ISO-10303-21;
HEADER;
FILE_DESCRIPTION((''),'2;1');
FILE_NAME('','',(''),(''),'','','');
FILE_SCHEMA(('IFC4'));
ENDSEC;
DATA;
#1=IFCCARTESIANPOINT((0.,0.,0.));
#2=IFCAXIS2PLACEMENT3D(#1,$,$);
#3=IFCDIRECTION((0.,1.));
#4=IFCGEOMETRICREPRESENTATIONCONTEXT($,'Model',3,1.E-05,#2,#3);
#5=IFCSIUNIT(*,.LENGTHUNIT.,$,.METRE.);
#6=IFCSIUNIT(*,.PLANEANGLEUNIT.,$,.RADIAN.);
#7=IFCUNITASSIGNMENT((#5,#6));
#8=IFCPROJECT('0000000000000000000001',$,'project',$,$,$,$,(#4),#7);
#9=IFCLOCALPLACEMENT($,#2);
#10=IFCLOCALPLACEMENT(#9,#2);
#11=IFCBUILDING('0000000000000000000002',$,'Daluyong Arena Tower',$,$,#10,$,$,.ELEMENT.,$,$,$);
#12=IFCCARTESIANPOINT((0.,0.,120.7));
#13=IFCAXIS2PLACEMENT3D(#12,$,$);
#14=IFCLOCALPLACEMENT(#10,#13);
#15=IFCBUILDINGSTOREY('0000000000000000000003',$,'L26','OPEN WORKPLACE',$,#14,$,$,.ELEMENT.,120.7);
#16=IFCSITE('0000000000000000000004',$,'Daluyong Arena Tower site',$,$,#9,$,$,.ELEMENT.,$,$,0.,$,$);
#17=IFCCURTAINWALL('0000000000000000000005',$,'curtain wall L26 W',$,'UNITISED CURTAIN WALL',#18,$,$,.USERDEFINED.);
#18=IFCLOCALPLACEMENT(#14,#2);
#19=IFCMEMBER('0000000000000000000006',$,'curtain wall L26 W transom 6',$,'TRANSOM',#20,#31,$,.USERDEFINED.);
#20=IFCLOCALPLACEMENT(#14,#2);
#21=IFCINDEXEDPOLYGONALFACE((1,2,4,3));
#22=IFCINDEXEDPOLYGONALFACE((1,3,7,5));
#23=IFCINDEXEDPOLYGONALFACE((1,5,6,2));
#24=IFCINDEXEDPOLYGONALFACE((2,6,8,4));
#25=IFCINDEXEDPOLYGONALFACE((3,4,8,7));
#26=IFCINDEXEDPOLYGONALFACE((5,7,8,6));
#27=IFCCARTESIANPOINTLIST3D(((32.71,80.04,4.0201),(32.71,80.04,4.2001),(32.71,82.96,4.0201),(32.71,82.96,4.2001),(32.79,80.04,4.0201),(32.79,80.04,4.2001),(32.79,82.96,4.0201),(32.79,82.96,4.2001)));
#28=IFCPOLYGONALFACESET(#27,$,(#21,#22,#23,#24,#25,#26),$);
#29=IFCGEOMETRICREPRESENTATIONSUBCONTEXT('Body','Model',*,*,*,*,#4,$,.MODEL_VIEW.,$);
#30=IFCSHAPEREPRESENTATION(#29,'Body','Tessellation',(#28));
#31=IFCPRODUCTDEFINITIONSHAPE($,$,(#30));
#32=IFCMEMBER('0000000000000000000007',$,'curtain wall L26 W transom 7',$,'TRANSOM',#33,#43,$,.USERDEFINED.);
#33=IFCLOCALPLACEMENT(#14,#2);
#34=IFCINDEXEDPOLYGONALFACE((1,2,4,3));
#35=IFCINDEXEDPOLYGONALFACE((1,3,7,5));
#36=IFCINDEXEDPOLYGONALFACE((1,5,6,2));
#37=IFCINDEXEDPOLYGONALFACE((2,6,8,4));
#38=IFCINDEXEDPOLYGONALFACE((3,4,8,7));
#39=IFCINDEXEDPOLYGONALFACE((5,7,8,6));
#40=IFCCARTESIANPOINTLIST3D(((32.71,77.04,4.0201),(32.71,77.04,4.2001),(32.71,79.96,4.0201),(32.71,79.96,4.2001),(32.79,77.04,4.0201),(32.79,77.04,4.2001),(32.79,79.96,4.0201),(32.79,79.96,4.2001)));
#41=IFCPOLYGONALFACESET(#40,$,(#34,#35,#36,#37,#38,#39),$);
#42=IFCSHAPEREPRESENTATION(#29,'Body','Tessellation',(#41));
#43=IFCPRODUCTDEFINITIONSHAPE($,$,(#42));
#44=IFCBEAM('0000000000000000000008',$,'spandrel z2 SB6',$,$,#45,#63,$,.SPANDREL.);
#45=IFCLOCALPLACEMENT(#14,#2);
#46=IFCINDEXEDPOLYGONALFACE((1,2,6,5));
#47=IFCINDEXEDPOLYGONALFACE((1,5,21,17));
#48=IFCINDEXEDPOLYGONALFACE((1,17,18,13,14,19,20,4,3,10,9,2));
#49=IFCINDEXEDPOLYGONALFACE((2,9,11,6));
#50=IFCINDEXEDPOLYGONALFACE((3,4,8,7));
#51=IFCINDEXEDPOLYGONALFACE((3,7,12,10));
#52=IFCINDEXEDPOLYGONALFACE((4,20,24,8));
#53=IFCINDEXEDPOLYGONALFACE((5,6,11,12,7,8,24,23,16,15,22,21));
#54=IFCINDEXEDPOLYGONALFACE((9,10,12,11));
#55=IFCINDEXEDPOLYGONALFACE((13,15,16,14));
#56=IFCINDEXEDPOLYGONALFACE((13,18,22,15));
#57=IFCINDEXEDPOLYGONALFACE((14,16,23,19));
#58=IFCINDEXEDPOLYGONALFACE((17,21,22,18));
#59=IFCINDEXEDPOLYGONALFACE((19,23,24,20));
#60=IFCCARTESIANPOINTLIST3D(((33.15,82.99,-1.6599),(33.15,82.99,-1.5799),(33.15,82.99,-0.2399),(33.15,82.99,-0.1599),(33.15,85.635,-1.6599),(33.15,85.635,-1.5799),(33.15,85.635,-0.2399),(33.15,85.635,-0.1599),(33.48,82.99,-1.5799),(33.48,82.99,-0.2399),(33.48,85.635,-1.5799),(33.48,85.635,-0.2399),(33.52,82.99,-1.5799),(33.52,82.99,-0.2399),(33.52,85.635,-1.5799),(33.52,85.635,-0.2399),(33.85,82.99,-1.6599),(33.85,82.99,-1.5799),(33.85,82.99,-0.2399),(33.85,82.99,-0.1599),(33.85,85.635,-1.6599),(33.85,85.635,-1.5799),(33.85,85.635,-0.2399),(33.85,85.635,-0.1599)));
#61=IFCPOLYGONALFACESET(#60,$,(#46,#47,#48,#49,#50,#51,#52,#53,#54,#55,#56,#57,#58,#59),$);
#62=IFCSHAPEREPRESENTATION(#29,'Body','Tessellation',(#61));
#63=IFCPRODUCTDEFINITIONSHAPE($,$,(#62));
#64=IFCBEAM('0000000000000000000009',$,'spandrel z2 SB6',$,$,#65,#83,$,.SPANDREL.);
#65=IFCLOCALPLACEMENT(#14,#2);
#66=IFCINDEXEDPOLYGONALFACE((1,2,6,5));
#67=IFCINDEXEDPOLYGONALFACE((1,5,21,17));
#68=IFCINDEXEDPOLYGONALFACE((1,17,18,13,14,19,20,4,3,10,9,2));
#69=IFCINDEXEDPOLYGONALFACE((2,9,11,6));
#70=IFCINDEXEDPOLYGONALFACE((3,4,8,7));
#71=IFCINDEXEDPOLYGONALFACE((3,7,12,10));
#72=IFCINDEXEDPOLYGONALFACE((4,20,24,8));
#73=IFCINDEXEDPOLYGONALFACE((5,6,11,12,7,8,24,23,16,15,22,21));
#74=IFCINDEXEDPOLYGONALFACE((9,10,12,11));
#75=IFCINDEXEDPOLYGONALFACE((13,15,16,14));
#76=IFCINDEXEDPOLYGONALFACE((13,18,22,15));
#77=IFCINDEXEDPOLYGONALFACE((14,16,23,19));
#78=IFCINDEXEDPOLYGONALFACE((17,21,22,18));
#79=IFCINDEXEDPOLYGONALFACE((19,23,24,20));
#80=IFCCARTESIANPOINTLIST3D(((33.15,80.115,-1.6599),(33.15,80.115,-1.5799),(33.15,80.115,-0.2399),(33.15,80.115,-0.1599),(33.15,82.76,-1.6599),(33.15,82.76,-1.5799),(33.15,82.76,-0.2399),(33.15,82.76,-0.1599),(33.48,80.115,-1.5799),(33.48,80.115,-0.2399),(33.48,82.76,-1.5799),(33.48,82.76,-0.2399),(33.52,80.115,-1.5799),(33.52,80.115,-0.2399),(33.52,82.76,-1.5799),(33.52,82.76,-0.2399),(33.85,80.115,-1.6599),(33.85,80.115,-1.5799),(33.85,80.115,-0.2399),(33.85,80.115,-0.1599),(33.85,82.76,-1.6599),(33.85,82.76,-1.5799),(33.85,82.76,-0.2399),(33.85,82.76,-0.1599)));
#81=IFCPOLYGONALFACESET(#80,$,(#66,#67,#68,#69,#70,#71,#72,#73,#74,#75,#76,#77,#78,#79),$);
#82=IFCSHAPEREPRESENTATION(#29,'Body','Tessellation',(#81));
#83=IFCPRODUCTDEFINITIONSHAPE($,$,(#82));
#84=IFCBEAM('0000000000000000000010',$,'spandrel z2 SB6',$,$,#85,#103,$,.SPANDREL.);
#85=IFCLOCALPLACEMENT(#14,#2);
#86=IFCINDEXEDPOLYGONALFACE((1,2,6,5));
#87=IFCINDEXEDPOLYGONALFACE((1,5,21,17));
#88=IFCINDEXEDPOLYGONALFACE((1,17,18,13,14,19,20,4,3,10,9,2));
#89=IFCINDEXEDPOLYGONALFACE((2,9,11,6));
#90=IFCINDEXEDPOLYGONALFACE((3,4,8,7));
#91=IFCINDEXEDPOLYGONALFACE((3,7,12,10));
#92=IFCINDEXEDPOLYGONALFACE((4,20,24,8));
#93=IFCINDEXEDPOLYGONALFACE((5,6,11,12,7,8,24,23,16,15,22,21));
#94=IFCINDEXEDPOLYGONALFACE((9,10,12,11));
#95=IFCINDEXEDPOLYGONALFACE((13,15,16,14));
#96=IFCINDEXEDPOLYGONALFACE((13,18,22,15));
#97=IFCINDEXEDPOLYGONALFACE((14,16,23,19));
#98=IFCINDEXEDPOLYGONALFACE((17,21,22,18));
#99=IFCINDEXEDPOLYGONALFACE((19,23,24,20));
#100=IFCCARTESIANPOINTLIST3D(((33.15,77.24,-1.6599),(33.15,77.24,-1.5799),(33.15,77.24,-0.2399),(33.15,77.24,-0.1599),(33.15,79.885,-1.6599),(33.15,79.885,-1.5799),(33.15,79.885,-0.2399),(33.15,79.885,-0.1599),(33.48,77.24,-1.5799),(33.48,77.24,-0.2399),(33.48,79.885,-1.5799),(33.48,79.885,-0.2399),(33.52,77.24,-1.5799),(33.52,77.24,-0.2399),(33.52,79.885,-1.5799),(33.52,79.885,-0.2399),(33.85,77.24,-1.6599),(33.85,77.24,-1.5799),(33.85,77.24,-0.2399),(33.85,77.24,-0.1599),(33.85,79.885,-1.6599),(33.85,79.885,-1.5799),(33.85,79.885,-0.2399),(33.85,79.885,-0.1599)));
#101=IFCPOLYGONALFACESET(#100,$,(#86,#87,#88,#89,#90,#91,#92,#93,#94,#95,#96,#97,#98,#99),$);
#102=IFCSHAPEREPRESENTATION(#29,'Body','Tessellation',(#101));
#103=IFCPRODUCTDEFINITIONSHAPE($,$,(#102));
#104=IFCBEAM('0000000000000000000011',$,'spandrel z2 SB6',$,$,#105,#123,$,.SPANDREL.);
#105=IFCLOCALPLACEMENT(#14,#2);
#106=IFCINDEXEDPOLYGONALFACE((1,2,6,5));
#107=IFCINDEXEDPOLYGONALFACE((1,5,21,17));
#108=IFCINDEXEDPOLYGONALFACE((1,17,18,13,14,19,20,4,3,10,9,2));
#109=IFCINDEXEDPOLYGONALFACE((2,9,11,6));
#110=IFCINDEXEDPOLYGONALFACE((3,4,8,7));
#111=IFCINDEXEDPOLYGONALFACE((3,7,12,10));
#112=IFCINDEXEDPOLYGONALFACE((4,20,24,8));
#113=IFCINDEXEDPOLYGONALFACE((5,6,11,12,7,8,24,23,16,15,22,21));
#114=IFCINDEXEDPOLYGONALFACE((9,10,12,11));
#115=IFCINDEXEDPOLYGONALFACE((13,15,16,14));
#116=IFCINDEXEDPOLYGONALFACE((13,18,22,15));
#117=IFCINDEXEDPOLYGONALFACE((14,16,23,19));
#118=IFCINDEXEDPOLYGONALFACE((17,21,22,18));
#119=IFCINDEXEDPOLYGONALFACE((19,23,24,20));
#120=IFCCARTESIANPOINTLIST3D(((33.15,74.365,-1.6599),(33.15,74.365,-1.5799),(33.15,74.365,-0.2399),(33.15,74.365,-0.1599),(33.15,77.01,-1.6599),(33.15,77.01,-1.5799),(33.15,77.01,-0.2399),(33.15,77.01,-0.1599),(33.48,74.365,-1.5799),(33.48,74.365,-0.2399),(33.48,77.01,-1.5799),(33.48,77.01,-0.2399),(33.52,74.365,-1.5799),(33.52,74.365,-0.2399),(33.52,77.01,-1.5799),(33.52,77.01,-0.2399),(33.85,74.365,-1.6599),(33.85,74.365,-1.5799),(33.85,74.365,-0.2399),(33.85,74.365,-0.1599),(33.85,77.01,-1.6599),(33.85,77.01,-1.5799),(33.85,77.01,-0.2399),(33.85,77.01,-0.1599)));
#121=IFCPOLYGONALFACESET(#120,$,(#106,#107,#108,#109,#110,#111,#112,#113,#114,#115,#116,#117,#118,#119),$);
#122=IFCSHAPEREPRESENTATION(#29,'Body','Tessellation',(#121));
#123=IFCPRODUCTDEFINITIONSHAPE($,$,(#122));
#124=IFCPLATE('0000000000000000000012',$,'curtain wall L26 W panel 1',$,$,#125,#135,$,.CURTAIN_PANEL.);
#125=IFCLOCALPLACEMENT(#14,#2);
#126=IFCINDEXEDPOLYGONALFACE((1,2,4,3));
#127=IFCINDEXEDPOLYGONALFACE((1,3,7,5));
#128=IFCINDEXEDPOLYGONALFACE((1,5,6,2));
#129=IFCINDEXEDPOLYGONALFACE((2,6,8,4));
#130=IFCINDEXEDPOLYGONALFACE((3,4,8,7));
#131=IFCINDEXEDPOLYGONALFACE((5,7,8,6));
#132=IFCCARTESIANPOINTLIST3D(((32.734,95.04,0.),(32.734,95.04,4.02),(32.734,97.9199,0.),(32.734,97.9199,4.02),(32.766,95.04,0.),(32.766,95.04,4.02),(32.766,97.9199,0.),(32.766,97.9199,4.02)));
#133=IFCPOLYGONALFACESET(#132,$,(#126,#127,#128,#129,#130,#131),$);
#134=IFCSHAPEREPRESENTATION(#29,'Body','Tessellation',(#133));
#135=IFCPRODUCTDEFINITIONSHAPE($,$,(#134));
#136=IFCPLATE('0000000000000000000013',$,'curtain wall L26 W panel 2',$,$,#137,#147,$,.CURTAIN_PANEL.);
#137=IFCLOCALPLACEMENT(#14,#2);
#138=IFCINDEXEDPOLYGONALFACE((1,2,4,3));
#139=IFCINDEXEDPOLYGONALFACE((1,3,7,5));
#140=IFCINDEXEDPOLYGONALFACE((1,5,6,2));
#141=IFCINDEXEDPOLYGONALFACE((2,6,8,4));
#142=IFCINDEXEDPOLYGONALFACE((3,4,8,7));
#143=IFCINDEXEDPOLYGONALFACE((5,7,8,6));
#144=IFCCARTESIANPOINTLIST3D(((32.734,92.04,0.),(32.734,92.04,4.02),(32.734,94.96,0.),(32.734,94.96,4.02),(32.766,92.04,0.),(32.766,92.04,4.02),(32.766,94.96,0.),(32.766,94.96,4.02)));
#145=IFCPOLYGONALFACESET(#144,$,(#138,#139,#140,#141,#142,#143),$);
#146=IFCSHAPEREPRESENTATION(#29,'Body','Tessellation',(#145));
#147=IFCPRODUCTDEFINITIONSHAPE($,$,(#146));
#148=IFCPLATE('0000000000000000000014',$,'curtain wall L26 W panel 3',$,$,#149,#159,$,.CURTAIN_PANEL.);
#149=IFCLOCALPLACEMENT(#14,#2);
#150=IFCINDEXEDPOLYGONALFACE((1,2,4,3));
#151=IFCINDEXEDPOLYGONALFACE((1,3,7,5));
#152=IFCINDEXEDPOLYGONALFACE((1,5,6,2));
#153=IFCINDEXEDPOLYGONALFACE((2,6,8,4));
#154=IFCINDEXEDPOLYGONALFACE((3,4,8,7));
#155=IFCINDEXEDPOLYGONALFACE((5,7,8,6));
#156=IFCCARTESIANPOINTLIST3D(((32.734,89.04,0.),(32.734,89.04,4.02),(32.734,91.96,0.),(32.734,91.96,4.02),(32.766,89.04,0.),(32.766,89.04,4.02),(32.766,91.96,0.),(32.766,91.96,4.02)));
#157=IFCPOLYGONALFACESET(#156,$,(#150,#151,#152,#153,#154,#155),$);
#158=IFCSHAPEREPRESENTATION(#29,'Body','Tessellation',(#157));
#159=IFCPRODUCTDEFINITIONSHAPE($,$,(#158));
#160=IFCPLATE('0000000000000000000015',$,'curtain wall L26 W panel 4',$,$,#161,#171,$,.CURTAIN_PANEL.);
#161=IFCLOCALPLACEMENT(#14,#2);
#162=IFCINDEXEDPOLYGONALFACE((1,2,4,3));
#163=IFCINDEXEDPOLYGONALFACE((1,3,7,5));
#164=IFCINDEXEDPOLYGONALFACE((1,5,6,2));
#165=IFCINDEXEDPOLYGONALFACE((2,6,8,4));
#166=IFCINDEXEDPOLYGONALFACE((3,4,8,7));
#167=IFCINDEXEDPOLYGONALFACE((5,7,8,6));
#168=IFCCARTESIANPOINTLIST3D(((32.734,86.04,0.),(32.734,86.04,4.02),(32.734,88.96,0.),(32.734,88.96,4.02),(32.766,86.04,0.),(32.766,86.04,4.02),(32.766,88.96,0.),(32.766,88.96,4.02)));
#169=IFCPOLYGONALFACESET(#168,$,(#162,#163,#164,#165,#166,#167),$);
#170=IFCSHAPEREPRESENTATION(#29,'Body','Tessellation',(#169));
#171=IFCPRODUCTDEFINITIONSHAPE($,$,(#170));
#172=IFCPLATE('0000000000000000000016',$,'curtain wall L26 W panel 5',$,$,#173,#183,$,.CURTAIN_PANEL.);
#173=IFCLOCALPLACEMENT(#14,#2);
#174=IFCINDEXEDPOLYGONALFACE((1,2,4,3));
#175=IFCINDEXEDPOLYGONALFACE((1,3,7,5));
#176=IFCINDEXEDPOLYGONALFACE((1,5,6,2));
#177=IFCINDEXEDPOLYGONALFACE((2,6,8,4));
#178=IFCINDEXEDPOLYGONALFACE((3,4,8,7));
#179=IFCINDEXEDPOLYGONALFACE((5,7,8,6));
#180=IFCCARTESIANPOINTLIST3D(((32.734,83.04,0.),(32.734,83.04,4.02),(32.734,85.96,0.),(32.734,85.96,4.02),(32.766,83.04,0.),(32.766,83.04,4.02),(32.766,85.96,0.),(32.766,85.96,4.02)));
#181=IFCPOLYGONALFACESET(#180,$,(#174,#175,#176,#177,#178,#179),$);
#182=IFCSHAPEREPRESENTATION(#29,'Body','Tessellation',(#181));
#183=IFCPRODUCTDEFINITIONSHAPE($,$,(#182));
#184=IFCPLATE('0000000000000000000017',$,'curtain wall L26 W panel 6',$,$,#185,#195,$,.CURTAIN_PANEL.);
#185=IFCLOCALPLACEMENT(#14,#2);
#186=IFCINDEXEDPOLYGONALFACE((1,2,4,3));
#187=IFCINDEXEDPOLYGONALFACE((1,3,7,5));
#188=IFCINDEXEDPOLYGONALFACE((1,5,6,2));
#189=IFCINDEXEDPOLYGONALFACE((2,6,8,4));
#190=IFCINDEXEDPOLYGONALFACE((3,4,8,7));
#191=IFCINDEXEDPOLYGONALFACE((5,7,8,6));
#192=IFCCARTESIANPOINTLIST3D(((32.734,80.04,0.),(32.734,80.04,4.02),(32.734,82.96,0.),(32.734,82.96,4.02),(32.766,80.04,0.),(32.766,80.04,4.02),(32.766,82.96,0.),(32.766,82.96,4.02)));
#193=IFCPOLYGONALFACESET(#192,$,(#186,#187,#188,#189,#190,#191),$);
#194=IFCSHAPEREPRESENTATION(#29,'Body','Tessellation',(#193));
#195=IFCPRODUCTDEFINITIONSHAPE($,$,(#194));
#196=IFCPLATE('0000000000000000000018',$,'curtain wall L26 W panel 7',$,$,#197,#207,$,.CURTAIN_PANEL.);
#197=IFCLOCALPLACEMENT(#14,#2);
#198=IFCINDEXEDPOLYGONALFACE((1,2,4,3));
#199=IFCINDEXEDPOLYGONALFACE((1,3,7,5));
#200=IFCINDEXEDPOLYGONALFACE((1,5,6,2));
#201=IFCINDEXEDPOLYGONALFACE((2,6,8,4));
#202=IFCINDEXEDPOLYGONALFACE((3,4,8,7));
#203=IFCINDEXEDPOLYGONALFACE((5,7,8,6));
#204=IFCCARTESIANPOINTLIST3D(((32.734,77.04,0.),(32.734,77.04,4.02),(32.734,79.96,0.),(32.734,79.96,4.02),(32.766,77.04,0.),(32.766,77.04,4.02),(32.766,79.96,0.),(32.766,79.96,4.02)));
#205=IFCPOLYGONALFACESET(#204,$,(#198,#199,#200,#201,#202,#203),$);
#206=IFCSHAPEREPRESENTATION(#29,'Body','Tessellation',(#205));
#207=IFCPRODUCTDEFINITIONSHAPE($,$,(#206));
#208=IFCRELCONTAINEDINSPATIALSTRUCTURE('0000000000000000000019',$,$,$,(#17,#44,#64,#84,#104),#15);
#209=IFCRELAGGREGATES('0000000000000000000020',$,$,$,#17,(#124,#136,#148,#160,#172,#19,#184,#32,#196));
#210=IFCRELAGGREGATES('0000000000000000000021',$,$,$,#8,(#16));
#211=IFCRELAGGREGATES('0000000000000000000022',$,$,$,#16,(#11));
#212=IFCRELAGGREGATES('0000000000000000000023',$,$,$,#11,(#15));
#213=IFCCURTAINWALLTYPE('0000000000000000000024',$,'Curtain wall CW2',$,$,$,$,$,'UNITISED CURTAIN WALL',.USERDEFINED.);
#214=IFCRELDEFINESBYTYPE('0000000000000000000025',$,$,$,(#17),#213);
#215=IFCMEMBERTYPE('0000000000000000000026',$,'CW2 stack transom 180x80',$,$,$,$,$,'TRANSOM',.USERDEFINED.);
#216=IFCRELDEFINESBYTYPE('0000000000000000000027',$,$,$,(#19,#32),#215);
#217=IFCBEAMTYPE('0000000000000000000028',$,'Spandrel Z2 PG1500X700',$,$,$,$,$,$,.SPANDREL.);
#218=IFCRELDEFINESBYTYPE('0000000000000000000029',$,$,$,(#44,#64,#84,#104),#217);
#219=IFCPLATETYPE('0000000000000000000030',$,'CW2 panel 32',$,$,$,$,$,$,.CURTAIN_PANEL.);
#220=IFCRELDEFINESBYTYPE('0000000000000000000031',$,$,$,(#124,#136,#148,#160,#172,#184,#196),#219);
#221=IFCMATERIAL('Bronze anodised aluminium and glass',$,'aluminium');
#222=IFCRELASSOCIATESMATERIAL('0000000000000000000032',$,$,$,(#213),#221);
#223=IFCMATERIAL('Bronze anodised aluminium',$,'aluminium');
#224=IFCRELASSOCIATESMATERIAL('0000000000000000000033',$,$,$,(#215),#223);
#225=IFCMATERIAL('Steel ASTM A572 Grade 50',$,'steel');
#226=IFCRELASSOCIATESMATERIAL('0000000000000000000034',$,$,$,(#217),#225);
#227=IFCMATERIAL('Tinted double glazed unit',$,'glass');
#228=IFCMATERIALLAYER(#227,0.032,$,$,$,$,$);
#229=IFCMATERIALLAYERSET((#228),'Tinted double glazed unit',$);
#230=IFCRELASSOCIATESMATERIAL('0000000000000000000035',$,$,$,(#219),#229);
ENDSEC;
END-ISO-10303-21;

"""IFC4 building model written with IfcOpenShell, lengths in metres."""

from ifc_helpers import new_model, si_unit, direction, frame, origin, origin_2d, place, context, subcontext, project, spatial, rectangle, i_section, extrude, material, layer, layer_set, material_profile, profile_set, type_object, element, aggregate, save


model = new_model("IFC4")

# Units and contexts
model_context = context("Model", 3, precision=1e-05, world=origin(), true_north=direction((0.0, 1.0)))
body_context = subcontext(model_context, "Body", "Model", "MODEL_VIEW")
ifc_project = project(units=[si_unit("LENGTHUNIT", "METRE"), si_unit("PLANEANGLEUNIT", "RADIAN")], contexts=[model_context])

# Site, building, storey
site_placement = place(None, origin())
site = spatial("IfcSite", under=ifc_project, at=site_placement, Name="Daluyong Arena Tower site", CompositionType="ELEMENT", RefElevation=0.0)
building_placement = place(site_placement, origin())
building = spatial("IfcBuilding", under=site, at=building_placement, Name="Daluyong Arena Tower", CompositionType="ELEMENT")
storey_placement = place(building_placement, frame((0.0, 0.0, 120.7)))
storey = spatial("IfcBuildingStorey", under=building, at=storey_placement, Name="L26", Description="OPEN WORKPLACE", CompositionType="ELEMENT", Elevation=120.7)

# Curtain wall, members
ifc_material_1 = material(Name="Bronze anodised aluminium and glass", Category="aluminium")
curtain_wall_type = type_object("IfcCurtainWallType", Name="Curtain wall CW2", ElementType="UNITISED CURTAIN WALL", PredefinedType="USERDEFINED", material=ifc_material_1)
curtain_wall_placement = place(storey_placement, origin())
curtain_wall = element("IfcCurtainWall", 1, at=curtain_wall_placement, inside=storey, type_object=curtain_wall_type, Name="curtain wall L26 W", ObjectType="UNITISED CURTAIN WALL", PredefinedType="USERDEFINED")
ifc_material_2 = material(Name="Bronze anodised aluminium", Category="aluminium")
ifc_material_profile_1 = material_profile(ifc_material_2, rectangle(XDim=0.0801, YDim=0.1799, at=origin_2d()))
ifc_profile_set_1 = profile_set([ifc_material_profile_1], Name="Bronze anodised aluminium")
member_type_1 = type_object("IfcMemberType", Name="CW2 stack transom 180x80", ElementType="TRANSOM", PredefinedType="USERDEFINED", material=ifc_profile_set_1)
member_1_placement = place(storey_placement, frame((32.75, 82.96, 4.1101), z_axis=(0.0, -1.0, 0.0), x_axis=(1.0, 0.0, 0.0)))
member_1 = element("IfcMember", 2, at=member_1_placement, type_object=member_type_1, Name="curtain wall L26 W transom 6", ObjectType="TRANSOM", PredefinedType="USERDEFINED", context=body_context, shape_type="SweptSolid", body=[
    extrude(rectangle(XDim=0.0801, YDim=0.1799, at=origin_2d()), origin(), (0.0, 0.0, 1.0), 2.9199),
])
member_2_placement = place(storey_placement, frame((32.75, 79.96, 4.1101), z_axis=(0.0, -1.0, 0.0), x_axis=(1.0, 0.0, 0.0)))
member_2 = element("IfcMember", 3, at=member_2_placement, type_object=member_type_1, Name="curtain wall L26 W transom 7", ObjectType="TRANSOM", PredefinedType="USERDEFINED", context=body_context, shape_type="SweptSolid", body=[
    extrude(rectangle(XDim=0.0801, YDim=0.1799, at=origin_2d()), origin(), (0.0, 0.0, 1.0), 2.9199),
])

# Beams
ifc_material_3 = material(Name="Steel ASTM A572 Grade 50", Category="steel")
ifc_material_profile_2 = material_profile(ifc_material_3, i_section(OverallWidth=0.7, OverallDepth=1.5, WebThickness=0.04, FlangeThickness=0.08, at=origin_2d()))
ifc_profile_set_2 = profile_set([ifc_material_profile_2], Name="Steel ASTM A572 Grade 50")
beam_type = type_object("IfcBeamType", Name="Spandrel Z2 PG1500X700", PredefinedType="SPANDREL", material=ifc_profile_set_2)
for number, where, z_axis, x_axis, name in (
    (4, (33.5, 85.635, -0.9099), (0.0, -1.0, 0.0), (1.0, 0.0, 0.0), "spandrel z2 SB6"),
    (5, (33.5, 82.76, -0.9099), (0.0, -1.0, 0.0), (1.0, 0.0, 0.0), "spandrel z2 SB6"),
    (6, (33.5, 79.885, -0.9099), (0.0, -1.0, 0.0), (1.0, 0.0, 0.0), "spandrel z2 SB6"),
    (7, (33.5, 77.01, -0.9099), (0.0, -1.0, 0.0), (1.0, 0.0, 0.0), "spandrel z2 SB6"),
):
    element("IfcBeam", number, at=place(storey_placement, frame(where, z_axis=z_axis, x_axis=x_axis)), inside=storey, type_object=beam_type, Name=name, PredefinedType="SPANDREL", context=body_context, shape_type="SweptSolid", body=[
        extrude(i_section(OverallWidth=0.7, OverallDepth=1.5, WebThickness=0.04, FlangeThickness=0.08, at=origin_2d()), origin(), (0.0, 0.0, 1.0), 2.645),
    ])

# Plates
ifc_material_4 = material(Name="Tinted double glazed unit", Category="glass")
ifc_layer_1 = layer(ifc_material_4, 0.032)
ifc_layer_set_1 = layer_set([ifc_layer_1], Name="Tinted double glazed unit")
plate_type = type_object("IfcPlateType", Name="CW2 panel 32", PredefinedType="CURTAIN_PANEL", material=ifc_layer_set_1)
plate_1_placement = place(storey_placement, frame((32.75, 96.48, 0.0), z_axis=(0.0, 0.0, 1.0), x_axis=(0.0, -1.0, 0.0)))
plate_1 = element("IfcPlate", 8, at=plate_1_placement, type_object=plate_type, Name="curtain wall L26 W panel 1", PredefinedType="CURTAIN_PANEL", context=body_context, shape_type="SweptSolid", body=[
    extrude(rectangle(XDim=2.8799, YDim=0.032, at=origin_2d()), origin(), (0.0, 0.0, 1.0), 4.02),
])
plate_2_placement = place(storey_placement, frame((32.75, 93.5, 0.0), z_axis=(0.0, 0.0, 1.0), x_axis=(0.0, -1.0, 0.0)))
plate_2 = element("IfcPlate", 9, at=plate_2_placement, type_object=plate_type, Name="curtain wall L26 W panel 2", PredefinedType="CURTAIN_PANEL", context=body_context, shape_type="SweptSolid", body=[
    extrude(rectangle(XDim=2.9199, YDim=0.032, at=origin_2d()), origin(), (0.0, 0.0, 1.0), 4.02),
])
plate_3_placement = place(storey_placement, frame((32.75, 90.5, 0.0), z_axis=(0.0, 0.0, 1.0), x_axis=(0.0, -1.0, 0.0)))
plate_3 = element("IfcPlate", 10, at=plate_3_placement, type_object=plate_type, Name="curtain wall L26 W panel 3", PredefinedType="CURTAIN_PANEL", context=body_context, shape_type="SweptSolid", body=[
    extrude(rectangle(XDim=2.9199, YDim=0.032, at=origin_2d()), origin(), (0.0, 0.0, 1.0), 4.02),
])
plate_4_placement = place(storey_placement, frame((32.75, 87.5, 0.0), z_axis=(0.0, 0.0, 1.0), x_axis=(0.0, -1.0, 0.0)))
plate_4 = element("IfcPlate", 11, at=plate_4_placement, type_object=plate_type, Name="curtain wall L26 W panel 4", PredefinedType="CURTAIN_PANEL", context=body_context, shape_type="SweptSolid", body=[
    extrude(rectangle(XDim=2.9199, YDim=0.032, at=origin_2d()), origin(), (0.0, 0.0, 1.0), 4.02),
])
plate_5_placement = place(storey_placement, frame((32.75, 84.5, 0.0), z_axis=(0.0, 0.0, 1.0), x_axis=(0.0, -1.0, 0.0)))
plate_5 = element("IfcPlate", 12, at=plate_5_placement, type_object=plate_type, Name="curtain wall L26 W panel 5", PredefinedType="CURTAIN_PANEL", context=body_context, shape_type="SweptSolid", body=[
    extrude(rectangle(XDim=2.9199, YDim=0.032, at=origin_2d()), origin(), (0.0, 0.0, 1.0), 4.02),
])
plate_6_placement = place(storey_placement, frame((32.75, 81.5, 0.0), z_axis=(0.0, 0.0, 1.0), x_axis=(0.0, -1.0, 0.0)))
plate_6 = element("IfcPlate", 13, at=plate_6_placement, type_object=plate_type, Name="curtain wall L26 W panel 6", PredefinedType="CURTAIN_PANEL", context=body_context, shape_type="SweptSolid", body=[
    extrude(rectangle(XDim=2.9199, YDim=0.032, at=origin_2d()), origin(), (0.0, 0.0, 1.0), 4.02),
])
plate_7_placement = place(storey_placement, frame((32.75, 78.5, 0.0), z_axis=(0.0, 0.0, 1.0), x_axis=(0.0, -1.0, 0.0)))
plate_7 = element("IfcPlate", 14, at=plate_7_placement, type_object=plate_type, Name="curtain wall L26 W panel 7", PredefinedType="CURTAIN_PANEL", context=body_context, shape_type="SweptSolid", body=[
    extrude(rectangle(XDim=2.9199, YDim=0.032, at=origin_2d()), origin(), (0.0, 0.0, 1.0), 4.02),
])
aggregate(curtain_wall, [plate_1, plate_2, plate_3, plate_4, plate_5, member_1, plate_6, member_2, plate_7])

save(model, "model.ifc")
